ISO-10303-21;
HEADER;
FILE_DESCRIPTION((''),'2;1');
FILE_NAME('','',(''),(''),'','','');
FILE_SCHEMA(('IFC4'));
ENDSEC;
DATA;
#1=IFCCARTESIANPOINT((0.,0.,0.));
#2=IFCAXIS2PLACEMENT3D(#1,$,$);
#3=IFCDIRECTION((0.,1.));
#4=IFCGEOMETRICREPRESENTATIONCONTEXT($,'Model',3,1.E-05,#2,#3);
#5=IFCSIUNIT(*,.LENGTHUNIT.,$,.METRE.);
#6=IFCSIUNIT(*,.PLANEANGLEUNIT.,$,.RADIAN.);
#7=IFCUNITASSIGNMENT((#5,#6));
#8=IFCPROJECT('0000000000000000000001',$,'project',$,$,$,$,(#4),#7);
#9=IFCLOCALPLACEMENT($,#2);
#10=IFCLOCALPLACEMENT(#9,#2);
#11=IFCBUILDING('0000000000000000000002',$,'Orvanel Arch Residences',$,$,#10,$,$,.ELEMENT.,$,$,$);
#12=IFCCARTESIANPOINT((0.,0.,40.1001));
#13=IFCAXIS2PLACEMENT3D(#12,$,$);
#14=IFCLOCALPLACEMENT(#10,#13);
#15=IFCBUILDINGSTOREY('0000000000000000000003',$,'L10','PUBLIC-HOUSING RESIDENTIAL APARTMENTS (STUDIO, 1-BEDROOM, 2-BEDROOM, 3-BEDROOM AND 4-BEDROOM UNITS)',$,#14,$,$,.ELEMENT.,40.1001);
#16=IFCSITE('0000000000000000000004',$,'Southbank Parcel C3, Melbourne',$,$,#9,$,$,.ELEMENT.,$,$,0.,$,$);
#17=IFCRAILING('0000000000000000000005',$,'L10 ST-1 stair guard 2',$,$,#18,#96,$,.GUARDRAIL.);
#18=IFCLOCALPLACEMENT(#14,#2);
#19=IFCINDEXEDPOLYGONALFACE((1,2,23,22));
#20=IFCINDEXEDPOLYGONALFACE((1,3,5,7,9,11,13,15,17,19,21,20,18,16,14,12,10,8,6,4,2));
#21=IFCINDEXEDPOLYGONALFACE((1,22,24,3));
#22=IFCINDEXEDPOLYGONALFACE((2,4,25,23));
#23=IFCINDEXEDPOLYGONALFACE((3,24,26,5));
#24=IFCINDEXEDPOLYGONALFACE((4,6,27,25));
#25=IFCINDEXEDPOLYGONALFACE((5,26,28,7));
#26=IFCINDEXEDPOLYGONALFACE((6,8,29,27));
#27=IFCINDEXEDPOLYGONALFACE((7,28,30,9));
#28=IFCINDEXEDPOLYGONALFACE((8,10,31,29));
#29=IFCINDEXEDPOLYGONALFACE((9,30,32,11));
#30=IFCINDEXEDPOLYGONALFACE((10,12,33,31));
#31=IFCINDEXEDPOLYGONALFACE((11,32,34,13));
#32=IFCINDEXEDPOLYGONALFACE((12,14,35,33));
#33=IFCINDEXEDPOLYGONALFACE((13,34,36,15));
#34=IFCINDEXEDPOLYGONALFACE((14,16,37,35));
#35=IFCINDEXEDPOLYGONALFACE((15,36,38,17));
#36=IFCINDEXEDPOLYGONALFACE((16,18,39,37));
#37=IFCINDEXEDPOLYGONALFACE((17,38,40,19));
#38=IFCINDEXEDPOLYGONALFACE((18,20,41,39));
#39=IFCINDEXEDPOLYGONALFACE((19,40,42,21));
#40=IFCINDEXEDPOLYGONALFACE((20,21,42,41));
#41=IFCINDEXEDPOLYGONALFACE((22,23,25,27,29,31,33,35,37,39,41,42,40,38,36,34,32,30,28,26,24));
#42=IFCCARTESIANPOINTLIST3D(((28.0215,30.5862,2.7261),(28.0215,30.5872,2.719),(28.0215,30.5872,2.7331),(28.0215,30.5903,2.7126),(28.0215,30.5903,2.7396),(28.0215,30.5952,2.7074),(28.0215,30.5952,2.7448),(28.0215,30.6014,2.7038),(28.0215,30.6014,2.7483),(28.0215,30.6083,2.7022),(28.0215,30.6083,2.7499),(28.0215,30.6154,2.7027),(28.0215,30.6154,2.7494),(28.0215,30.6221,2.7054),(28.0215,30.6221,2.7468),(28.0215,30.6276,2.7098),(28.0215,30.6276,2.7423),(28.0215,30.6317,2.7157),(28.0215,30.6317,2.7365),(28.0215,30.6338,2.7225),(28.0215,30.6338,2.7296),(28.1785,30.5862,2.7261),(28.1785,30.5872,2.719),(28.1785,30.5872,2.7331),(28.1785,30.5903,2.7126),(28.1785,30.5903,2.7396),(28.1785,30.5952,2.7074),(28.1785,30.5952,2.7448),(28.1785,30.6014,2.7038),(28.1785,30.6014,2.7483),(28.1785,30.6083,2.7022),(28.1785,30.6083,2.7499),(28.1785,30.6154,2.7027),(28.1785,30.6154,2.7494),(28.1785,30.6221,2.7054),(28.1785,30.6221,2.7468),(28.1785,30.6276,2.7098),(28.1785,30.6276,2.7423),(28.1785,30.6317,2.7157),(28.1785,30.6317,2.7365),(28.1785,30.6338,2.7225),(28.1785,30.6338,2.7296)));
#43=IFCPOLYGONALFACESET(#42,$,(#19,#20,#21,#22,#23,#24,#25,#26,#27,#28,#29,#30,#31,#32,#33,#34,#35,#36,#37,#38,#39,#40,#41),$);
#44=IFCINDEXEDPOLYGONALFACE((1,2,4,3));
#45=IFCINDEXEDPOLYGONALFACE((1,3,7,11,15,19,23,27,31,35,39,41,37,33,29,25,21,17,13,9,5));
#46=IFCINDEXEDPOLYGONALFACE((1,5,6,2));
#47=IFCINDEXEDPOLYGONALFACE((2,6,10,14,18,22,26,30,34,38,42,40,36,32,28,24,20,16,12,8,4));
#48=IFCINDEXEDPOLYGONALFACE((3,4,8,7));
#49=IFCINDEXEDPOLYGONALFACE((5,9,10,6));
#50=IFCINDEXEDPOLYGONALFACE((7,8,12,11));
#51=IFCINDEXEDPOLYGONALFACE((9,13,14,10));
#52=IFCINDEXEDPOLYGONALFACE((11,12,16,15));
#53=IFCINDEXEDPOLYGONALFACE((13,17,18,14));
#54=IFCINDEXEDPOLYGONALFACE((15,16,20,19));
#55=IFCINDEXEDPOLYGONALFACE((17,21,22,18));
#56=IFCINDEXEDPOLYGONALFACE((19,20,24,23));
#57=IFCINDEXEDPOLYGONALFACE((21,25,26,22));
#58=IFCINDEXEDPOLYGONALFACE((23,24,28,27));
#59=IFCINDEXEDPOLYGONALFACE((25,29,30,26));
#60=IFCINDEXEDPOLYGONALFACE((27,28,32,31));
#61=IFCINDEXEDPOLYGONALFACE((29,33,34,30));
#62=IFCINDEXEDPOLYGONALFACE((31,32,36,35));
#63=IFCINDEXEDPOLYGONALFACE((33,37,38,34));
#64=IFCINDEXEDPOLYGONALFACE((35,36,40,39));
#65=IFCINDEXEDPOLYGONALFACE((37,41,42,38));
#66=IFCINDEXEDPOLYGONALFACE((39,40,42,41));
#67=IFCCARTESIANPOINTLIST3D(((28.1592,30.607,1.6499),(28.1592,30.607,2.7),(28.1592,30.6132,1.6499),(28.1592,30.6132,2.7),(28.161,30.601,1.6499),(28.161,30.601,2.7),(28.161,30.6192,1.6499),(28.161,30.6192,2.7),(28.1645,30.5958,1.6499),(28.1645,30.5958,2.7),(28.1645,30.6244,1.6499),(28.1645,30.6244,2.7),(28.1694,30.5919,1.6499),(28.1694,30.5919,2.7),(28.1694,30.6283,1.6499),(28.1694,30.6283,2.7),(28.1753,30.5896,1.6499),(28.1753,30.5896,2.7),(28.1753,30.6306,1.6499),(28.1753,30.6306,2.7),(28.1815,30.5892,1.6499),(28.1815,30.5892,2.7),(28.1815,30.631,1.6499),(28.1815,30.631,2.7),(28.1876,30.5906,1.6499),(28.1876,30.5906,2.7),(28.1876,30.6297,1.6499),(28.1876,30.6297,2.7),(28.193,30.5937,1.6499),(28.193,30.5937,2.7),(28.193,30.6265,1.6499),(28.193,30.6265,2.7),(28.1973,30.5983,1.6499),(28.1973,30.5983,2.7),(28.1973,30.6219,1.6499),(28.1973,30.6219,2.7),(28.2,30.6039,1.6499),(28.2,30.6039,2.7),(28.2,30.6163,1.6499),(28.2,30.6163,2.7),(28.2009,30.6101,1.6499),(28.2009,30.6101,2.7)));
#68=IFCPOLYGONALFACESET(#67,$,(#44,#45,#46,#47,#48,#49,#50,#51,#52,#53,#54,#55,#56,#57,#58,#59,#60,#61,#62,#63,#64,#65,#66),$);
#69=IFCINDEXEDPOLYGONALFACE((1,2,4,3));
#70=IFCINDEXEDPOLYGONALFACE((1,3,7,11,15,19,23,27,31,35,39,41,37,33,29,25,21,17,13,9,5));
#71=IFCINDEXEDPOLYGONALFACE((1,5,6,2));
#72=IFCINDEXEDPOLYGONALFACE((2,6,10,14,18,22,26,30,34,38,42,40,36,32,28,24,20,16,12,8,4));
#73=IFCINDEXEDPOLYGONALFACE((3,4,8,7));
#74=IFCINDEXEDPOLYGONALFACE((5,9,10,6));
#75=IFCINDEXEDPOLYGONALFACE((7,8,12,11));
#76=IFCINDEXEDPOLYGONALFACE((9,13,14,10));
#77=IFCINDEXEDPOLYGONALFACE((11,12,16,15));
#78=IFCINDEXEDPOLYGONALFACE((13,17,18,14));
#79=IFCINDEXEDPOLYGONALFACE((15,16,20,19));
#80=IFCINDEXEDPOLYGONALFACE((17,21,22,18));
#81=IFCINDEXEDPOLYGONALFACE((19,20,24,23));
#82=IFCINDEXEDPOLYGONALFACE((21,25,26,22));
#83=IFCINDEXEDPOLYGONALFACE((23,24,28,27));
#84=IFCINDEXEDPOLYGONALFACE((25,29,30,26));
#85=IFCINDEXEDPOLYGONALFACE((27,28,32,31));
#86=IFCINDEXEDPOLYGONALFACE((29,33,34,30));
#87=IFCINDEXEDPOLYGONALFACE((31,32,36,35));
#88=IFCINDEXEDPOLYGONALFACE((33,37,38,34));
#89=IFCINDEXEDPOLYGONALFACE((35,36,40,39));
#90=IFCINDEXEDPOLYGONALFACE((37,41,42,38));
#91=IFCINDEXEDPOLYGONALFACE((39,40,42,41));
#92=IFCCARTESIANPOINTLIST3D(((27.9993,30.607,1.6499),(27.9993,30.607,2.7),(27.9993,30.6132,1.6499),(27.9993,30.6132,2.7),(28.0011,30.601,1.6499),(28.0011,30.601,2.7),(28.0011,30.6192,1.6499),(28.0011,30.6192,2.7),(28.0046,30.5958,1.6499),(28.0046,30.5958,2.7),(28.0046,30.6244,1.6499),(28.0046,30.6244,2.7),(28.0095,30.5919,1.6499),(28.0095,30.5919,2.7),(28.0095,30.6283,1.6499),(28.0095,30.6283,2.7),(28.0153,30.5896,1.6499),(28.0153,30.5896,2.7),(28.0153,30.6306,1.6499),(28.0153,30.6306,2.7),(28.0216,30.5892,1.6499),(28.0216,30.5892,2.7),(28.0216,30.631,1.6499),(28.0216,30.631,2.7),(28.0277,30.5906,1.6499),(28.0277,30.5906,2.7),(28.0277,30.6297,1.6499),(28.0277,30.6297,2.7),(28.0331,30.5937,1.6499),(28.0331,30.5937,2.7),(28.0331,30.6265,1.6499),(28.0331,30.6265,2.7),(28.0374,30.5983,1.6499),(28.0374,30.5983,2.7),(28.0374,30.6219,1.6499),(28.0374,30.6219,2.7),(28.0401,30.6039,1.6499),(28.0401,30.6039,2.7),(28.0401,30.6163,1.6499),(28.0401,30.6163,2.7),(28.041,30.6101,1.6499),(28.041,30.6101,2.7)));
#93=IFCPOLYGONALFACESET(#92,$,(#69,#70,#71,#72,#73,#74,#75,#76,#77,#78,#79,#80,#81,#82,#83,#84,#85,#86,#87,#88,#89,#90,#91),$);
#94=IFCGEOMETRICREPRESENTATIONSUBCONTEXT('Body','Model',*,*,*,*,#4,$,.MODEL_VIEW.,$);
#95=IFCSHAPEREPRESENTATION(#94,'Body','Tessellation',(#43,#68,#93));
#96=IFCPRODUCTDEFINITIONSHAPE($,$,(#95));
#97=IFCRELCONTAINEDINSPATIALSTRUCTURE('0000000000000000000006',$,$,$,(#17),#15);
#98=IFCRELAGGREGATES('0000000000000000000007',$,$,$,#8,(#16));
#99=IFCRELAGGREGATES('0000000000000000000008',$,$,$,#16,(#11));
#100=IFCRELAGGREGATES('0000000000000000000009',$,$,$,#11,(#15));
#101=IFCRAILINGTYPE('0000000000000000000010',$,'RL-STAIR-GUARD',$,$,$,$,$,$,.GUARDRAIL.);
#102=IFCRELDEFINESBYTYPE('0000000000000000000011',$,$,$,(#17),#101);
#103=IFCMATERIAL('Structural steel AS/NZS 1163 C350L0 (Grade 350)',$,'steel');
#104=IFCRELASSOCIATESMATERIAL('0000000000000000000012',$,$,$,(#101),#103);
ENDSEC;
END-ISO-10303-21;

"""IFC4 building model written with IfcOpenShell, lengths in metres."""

from ifc_helpers import new_model, si_unit, direction, frame, origin, origin_2d, place, context, subcontext, project, spatial, circle, extrude, material, type_object, element, save


model = new_model("IFC4")

# Units and contexts
model_context = context("Model", 3, precision=1e-05, world=origin(), true_north=direction((0.0, 1.0)))
body_context = subcontext(model_context, "Body", "Model", "MODEL_VIEW")
ifc_project = project(units=[si_unit("LENGTHUNIT", "METRE"), si_unit("PLANEANGLEUNIT", "RADIAN")], contexts=[model_context])

# Site, building, storey
site_placement = place(None, origin())
site = spatial("IfcSite", under=ifc_project, at=site_placement, Name="Southbank Parcel C3, Melbourne", CompositionType="ELEMENT", RefElevation=0.0)
building_placement = place(site_placement, origin())
building = spatial("IfcBuilding", under=site, at=building_placement, Name="Orvanel Arch Residences", CompositionType="ELEMENT")
storey_placement = place(building_placement, frame((0.0, 0.0, 40.1001)))
storey = spatial("IfcBuildingStorey", under=building, at=storey_placement, Name="L10", Description="PUBLIC-HOUSING RESIDENTIAL APARTMENTS (STUDIO, 1-BEDROOM, 2-BEDROOM, 3-BEDROOM AND 4-BEDROOM UNITS)", CompositionType="ELEMENT", Elevation=40.1001)

# Railing
ifc_material_1 = material(Name="Structural steel AS/NZS 1163 C350L0 (Grade 350)", Category="steel")
railing_type_1 = type_object("IfcRailingType", Name="RL-STAIR-GUARD", PredefinedType="GUARDRAIL", material=ifc_material_1)
railing_1_placement = place(storey_placement, frame((28.1799, 30.6101, 1.6499)))
element("IfcRailing", 1, at=railing_1_placement, inside=storey, type_object=railing_type_1, Name="L10 ST-1 stair guard 2", PredefinedType="GUARDRAIL", context=body_context, shape_type="SweptSolid", body=[
    extrude(circle(Radius=0.0239, at=origin_2d()), frame((-0.0015, 0.0, 1.0762), z_axis=(-1.0, 0.0, 0.0), x_axis=(0.0, -1.0, 0.0)), (0.0, 0.0, 1.0), 0.157),
    extrude(circle(Radius=0.021, at=origin_2d()), origin(), (0.0, 0.0, 1.0), 1.05),
    extrude(circle(Radius=0.021, at=origin_2d()), frame((-0.1599, 0.0, 0.0)), (0.0, 0.0, 1.0), 1.05),
])

save(model, "model.ifc")
